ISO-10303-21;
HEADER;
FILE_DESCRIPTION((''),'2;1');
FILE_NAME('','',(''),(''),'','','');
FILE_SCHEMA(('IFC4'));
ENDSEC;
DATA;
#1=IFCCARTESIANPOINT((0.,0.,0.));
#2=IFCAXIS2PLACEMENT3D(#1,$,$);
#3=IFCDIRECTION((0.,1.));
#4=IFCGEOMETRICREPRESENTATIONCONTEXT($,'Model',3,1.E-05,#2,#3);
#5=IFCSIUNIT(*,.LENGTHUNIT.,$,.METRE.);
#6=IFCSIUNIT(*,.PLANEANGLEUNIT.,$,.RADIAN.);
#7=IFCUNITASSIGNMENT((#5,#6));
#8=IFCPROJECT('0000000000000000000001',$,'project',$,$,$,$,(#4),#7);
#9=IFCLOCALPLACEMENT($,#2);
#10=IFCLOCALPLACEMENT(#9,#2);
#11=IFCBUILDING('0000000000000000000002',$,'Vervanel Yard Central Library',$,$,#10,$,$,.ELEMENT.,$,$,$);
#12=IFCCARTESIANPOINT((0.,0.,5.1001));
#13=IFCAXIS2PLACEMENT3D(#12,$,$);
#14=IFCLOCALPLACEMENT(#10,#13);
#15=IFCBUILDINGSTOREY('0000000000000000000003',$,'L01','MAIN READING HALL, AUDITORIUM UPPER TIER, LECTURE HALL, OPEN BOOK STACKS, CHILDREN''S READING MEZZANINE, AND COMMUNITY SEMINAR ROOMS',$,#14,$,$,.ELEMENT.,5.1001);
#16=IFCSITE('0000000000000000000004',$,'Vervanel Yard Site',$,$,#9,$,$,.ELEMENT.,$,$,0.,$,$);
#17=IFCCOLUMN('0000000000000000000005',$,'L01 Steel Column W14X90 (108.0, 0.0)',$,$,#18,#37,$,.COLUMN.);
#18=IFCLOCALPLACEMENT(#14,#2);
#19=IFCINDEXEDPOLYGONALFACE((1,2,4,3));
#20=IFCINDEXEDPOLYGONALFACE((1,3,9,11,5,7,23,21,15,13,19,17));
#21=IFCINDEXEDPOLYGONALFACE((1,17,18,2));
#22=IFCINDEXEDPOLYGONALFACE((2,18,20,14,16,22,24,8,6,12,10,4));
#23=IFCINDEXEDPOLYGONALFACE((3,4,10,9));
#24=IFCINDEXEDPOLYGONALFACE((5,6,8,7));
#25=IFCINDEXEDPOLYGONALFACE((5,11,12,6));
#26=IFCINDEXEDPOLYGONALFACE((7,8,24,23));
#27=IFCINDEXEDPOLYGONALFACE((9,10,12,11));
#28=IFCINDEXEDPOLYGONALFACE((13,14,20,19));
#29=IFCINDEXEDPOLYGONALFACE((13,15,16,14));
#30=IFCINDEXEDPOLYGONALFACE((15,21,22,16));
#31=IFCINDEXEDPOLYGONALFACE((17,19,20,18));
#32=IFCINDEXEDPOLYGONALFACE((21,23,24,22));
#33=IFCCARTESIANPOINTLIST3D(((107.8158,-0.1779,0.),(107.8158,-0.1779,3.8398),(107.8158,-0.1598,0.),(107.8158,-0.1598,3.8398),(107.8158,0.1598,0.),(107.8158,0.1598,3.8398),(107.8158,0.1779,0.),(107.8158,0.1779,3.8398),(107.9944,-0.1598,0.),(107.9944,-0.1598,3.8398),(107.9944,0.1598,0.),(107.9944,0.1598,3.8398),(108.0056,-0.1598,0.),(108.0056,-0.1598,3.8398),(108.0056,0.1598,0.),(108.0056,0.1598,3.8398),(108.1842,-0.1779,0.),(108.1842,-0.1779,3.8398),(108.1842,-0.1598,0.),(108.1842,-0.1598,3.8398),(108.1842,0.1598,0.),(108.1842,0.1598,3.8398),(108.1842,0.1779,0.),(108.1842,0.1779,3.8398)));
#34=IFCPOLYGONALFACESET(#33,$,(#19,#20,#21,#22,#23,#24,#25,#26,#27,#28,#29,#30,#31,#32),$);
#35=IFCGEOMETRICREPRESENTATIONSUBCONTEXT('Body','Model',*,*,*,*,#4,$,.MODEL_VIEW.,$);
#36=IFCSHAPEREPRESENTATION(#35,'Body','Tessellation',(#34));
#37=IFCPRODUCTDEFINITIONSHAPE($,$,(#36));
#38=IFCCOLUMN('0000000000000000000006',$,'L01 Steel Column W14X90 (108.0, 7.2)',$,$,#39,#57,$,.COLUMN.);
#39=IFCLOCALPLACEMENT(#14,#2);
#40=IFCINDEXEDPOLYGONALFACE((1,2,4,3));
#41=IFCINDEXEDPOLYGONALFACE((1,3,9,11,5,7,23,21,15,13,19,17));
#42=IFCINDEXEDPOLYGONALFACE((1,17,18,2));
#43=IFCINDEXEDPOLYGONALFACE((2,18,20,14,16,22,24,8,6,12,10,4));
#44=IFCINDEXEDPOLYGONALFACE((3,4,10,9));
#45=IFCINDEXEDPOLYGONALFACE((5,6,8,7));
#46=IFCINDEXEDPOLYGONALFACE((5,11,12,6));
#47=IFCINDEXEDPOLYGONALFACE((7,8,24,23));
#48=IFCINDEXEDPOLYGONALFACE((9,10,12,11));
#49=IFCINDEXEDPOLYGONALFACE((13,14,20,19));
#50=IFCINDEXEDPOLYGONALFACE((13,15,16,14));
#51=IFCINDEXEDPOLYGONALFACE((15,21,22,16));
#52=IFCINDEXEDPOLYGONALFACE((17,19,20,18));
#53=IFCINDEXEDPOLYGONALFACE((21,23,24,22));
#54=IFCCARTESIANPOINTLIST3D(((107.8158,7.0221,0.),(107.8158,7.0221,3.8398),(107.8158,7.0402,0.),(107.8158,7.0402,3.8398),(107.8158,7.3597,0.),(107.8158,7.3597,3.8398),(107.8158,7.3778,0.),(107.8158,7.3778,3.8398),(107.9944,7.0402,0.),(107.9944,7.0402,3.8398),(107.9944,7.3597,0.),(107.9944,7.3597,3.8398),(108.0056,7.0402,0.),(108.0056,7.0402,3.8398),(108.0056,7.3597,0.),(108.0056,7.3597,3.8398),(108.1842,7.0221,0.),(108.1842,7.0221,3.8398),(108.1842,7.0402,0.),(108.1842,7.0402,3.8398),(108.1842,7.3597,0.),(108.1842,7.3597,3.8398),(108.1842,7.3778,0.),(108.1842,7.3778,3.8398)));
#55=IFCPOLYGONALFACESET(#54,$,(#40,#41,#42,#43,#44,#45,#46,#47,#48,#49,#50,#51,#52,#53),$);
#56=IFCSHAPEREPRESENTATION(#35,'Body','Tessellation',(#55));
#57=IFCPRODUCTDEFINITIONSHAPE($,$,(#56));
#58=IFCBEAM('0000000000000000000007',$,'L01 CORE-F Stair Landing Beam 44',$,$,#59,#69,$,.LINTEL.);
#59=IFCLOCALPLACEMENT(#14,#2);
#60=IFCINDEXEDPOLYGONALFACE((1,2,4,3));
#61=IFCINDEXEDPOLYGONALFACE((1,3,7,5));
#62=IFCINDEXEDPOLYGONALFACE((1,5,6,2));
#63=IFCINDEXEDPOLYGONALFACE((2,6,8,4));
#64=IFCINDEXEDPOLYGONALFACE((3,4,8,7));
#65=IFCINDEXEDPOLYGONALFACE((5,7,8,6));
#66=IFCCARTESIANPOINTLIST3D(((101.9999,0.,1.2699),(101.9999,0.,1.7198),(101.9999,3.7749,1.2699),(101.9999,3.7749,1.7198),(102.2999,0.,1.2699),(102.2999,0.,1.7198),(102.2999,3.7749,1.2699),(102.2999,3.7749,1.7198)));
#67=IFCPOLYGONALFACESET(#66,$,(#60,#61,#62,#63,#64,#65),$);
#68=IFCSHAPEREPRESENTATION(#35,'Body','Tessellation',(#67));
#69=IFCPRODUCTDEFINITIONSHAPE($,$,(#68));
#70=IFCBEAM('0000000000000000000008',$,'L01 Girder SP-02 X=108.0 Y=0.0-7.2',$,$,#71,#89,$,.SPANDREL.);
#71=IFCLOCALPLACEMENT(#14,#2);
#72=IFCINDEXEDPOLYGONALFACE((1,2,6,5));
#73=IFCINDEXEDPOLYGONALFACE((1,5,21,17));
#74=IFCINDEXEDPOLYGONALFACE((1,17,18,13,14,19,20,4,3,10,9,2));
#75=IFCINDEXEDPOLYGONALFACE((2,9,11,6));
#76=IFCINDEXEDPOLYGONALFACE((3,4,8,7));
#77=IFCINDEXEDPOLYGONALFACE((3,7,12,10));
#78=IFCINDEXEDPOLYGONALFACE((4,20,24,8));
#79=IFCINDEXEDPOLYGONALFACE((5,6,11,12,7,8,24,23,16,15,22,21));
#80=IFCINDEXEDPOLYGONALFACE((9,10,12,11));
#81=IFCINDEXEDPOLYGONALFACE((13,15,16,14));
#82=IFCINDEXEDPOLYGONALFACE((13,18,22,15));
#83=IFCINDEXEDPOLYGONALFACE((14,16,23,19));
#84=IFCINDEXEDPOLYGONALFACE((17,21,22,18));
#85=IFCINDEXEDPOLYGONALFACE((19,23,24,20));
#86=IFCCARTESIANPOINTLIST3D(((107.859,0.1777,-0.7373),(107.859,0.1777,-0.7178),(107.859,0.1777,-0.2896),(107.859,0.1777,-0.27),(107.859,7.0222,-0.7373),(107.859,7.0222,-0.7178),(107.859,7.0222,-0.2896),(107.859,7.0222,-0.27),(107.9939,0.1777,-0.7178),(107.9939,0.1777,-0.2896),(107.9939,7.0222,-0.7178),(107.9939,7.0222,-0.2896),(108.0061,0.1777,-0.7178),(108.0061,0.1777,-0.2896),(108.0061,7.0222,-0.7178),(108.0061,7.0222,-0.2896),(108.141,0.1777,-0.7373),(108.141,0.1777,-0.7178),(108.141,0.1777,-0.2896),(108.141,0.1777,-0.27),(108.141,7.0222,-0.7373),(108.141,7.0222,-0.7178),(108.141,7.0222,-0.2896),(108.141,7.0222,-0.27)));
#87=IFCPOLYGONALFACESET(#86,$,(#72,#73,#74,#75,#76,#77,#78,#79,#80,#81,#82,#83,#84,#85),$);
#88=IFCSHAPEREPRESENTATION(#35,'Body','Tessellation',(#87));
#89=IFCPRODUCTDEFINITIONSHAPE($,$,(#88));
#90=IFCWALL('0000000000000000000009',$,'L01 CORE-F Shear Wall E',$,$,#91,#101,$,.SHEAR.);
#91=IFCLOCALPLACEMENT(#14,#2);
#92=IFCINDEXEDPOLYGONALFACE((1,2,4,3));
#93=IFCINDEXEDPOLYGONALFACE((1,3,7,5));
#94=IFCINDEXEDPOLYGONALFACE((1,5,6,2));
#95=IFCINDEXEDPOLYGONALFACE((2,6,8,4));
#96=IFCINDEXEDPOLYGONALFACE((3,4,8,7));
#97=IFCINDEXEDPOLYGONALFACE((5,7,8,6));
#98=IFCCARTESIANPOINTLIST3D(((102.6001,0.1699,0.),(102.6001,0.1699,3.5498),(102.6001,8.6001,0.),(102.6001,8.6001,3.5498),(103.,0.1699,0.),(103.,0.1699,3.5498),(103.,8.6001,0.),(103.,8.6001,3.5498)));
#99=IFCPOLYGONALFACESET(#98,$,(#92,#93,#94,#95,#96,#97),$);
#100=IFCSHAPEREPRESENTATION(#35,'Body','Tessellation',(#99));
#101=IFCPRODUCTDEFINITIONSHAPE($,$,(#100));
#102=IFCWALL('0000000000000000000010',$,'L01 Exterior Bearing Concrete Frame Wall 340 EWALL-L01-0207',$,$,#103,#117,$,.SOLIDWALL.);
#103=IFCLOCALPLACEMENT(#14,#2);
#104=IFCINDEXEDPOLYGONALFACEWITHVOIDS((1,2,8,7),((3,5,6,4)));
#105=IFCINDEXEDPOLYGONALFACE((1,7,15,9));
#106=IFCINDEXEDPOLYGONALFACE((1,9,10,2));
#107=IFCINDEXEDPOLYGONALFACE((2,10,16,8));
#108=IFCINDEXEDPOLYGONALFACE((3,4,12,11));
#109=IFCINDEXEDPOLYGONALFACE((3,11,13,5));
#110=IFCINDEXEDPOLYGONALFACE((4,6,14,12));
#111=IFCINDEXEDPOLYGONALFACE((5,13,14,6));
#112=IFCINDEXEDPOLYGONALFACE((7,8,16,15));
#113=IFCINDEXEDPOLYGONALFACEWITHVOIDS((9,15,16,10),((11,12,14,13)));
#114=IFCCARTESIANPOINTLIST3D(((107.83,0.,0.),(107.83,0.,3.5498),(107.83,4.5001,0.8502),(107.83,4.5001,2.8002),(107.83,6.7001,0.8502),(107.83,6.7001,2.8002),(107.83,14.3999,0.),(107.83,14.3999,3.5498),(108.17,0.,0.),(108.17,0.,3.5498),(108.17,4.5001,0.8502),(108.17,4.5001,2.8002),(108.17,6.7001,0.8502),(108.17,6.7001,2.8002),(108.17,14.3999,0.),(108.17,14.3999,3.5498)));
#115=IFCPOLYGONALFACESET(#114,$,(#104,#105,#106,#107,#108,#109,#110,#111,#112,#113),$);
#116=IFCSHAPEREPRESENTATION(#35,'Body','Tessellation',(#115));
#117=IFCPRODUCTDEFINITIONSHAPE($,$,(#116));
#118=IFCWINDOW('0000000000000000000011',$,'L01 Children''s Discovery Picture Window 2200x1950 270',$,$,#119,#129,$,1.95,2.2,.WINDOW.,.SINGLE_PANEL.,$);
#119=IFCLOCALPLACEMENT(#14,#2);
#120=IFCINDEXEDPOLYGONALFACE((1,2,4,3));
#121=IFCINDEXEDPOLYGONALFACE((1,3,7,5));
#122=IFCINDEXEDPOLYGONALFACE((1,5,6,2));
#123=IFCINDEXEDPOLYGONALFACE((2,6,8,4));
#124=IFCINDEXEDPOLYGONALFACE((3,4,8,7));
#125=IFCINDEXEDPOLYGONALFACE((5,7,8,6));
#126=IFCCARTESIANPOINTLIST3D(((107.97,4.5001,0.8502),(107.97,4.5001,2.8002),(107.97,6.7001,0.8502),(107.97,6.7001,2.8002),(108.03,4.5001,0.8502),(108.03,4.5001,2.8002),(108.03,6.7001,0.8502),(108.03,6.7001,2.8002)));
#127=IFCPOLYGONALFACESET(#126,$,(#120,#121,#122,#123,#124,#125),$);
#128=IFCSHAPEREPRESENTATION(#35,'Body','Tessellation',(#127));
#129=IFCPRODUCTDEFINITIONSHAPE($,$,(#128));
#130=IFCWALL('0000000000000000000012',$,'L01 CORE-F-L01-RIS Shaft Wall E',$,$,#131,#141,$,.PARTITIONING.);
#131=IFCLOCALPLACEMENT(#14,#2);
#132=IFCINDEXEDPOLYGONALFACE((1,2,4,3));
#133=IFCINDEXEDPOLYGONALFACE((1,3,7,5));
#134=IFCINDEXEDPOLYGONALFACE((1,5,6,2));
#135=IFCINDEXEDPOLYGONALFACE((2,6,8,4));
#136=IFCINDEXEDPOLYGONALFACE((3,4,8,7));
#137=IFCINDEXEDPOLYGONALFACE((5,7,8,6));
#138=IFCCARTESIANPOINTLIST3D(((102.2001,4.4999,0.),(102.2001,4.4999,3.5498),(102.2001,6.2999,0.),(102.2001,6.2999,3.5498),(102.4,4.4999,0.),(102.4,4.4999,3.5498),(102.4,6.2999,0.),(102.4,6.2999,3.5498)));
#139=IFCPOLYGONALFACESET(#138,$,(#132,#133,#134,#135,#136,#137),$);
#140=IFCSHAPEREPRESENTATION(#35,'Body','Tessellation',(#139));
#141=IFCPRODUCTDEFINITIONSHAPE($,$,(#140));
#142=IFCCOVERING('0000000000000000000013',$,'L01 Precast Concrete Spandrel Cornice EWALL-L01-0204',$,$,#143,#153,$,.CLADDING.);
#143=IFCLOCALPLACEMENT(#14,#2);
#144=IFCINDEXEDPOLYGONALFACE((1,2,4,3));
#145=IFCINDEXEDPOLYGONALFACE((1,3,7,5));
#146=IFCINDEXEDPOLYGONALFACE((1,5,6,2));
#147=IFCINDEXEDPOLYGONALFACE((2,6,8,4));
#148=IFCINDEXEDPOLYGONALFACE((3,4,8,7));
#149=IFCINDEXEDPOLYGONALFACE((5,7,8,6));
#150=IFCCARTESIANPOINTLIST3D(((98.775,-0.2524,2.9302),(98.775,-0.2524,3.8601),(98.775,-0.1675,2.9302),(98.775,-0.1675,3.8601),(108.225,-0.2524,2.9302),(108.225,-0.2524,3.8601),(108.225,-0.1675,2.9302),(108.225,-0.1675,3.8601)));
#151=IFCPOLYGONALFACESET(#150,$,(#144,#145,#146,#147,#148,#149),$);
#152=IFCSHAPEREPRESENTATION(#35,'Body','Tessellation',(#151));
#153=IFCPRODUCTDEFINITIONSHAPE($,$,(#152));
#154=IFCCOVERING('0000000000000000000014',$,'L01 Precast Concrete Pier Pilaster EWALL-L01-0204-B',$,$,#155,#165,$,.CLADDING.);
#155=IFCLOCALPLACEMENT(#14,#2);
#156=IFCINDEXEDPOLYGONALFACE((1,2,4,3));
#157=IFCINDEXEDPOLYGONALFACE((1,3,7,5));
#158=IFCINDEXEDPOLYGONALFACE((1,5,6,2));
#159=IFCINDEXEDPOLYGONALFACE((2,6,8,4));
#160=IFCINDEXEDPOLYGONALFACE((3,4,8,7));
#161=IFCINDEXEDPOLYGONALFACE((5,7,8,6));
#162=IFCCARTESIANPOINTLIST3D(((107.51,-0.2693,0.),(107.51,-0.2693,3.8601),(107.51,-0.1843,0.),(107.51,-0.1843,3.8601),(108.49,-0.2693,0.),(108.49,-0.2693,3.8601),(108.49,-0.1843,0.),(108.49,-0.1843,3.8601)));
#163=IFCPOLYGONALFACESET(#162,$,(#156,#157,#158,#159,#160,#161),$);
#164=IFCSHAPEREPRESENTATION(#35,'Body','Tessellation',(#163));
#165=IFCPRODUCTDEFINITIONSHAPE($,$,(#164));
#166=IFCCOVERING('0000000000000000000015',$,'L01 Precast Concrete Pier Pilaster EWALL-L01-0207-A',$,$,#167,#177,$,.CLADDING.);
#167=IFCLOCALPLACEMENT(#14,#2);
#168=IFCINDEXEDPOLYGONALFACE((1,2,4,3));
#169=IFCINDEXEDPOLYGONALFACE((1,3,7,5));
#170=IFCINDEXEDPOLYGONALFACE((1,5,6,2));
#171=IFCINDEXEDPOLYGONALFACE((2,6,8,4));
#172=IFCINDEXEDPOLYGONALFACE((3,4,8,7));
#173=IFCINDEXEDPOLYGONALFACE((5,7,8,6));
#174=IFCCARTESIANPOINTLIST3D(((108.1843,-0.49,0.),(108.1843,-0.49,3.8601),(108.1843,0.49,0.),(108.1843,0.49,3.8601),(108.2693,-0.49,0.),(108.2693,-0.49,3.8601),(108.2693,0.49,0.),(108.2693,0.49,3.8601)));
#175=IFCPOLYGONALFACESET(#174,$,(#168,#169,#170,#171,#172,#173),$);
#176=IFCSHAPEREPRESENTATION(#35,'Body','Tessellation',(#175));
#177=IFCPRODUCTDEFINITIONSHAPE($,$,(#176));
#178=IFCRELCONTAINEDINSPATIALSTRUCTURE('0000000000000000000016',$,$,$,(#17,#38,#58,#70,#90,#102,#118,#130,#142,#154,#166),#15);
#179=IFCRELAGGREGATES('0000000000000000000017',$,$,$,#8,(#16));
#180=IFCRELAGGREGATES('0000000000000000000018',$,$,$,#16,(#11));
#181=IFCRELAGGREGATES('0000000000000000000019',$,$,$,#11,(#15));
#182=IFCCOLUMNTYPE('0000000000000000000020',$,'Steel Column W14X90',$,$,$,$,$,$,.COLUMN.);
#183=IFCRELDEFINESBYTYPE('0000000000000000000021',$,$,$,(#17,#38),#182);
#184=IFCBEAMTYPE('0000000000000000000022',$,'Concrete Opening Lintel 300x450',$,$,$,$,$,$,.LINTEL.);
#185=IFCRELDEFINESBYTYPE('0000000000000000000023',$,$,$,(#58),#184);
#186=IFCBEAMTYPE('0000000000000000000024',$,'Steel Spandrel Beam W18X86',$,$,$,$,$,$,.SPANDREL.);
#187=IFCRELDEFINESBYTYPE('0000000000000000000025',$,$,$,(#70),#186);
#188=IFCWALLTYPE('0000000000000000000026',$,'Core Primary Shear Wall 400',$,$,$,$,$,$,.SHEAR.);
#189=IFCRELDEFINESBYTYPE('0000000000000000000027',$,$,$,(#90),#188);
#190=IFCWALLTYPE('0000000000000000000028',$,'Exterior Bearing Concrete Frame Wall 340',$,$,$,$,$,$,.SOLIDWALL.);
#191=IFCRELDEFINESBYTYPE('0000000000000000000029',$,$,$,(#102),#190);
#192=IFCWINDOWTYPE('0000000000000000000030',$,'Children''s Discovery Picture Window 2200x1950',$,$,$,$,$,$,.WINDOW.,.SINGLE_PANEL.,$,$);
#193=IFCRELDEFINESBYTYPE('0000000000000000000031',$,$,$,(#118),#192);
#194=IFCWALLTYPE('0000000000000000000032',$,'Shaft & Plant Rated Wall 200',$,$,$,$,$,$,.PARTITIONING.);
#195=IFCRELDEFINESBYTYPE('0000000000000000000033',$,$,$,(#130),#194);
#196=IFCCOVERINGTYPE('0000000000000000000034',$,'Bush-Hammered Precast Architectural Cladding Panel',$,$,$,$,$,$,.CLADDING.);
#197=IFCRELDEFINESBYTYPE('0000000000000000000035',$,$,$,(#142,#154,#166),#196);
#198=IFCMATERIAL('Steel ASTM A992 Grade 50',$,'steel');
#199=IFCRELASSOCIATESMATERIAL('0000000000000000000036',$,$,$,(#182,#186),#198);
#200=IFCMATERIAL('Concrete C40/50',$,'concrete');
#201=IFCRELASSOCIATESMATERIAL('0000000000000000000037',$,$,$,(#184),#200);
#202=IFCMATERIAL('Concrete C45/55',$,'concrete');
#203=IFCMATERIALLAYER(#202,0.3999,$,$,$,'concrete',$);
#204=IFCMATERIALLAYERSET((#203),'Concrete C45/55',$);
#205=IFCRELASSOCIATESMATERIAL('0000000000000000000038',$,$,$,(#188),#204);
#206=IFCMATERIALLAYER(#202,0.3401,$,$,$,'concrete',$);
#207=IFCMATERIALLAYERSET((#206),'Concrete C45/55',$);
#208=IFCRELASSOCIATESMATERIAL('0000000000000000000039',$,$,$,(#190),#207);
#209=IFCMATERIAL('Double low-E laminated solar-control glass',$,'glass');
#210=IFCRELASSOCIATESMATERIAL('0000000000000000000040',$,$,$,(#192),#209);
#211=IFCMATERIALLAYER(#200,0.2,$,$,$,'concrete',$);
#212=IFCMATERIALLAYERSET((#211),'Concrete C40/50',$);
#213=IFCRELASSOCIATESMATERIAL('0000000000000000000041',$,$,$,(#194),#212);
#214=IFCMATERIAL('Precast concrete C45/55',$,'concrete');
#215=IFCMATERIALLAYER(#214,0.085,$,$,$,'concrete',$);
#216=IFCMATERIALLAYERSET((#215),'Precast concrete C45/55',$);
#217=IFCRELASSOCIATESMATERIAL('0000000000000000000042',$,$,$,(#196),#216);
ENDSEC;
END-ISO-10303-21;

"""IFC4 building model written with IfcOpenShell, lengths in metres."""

from ifc_helpers import new_model, si_unit, direction, frame, frame_2d, origin, origin_2d, place, context, subcontext, project, spatial, rectangle, i_section, extrude, material, layer, layer_set, material_profile, profile_set, type_object, element, fill, save


model = new_model("IFC4")

# Units and contexts
model_context = context("Model", 3, precision=1e-05, world=origin(), true_north=direction((0.0, 1.0)))
body_context = subcontext(model_context, "Body", "Model", "MODEL_VIEW")
ifc_project = project(units=[si_unit("LENGTHUNIT", "METRE"), si_unit("PLANEANGLEUNIT", "RADIAN")], contexts=[model_context])

# Site, building, storey
site_placement = place(None, origin())
site = spatial("IfcSite", under=ifc_project, at=site_placement, Name="Vervanel Yard Site", CompositionType="ELEMENT", RefElevation=0.0)
building_placement = place(site_placement, origin())
building = spatial("IfcBuilding", under=site, at=building_placement, Name="Vervanel Yard Central Library", CompositionType="ELEMENT")
storey_placement = place(building_placement, frame((0.0, 0.0, 5.1001)))
storey = spatial("IfcBuildingStorey", under=building, at=storey_placement, Name="L01", Description="MAIN READING HALL, AUDITORIUM UPPER TIER, LECTURE HALL, OPEN BOOK STACKS, CHILDREN'S READING MEZZANINE, AND COMMUNITY SEMINAR ROOMS", CompositionType="ELEMENT", Elevation=5.1001)

# Columns
ifc_material_1 = material(Name="Steel ASTM A992 Grade 50", Category="steel")
ifc_material_profile_1 = material_profile(ifc_material_1, i_section(OverallWidth=0.3684, OverallDepth=0.3557, WebThickness=0.0112, FlangeThickness=0.0181, at=origin_2d()), Name="W14X90", Category="steel")
ifc_profile_set_1 = profile_set([ifc_material_profile_1], Name="Steel ASTM A992 Grade 50")
column_type = type_object("IfcColumnType", Name="Steel Column W14X90", PredefinedType="COLUMN", material=ifc_profile_set_1)
for number, where, z_axis, x_axis, name in (
    (1, (108.0, 0.0, 0.0), (0.0, 0.0, 1.0), (1.0, 0.0, 0.0), "L01 Steel Column W14X90 (108.0, 0.0)"),
    (2, (108.0, 7.2, 0.0), (0.0, 0.0, 1.0), (1.0, 0.0, 0.0), "L01 Steel Column W14X90 (108.0, 7.2)"),
):
    element("IfcColumn", number, at=place(storey_placement, frame(where, z_axis=z_axis, x_axis=x_axis)), inside=storey, type_object=column_type, Name=name, PredefinedType="COLUMN", context=body_context, shape_type="SweptSolid", body=[
        extrude(i_section(OverallWidth=0.3684, OverallDepth=0.3557, WebThickness=0.0112, FlangeThickness=0.0181, at=origin_2d()), origin(), (0.0, 0.0, 1.0), 3.8398),
    ])

# Beams
ifc_material_2 = material(Name="Concrete C40/50", Category="concrete")
ifc_material_profile_2 = material_profile(ifc_material_2, rectangle(XDim=0.3, YDim=0.45, at=origin_2d()), Name="RC 300x450", Category="concrete")
ifc_profile_set_2 = profile_set([ifc_material_profile_2], Name="Concrete C40/50")
beam_type_1 = type_object("IfcBeamType", Name="Concrete Opening Lintel 300x450", PredefinedType="LINTEL", material=ifc_profile_set_2)
beam_1_placement = place(storey_placement, frame((102.1499, 0.0, 1.4949), z_axis=(0.0, 1.0, 0.0), x_axis=(-1.0, 0.0, 0.0)))
element("IfcBeam", 3, at=beam_1_placement, inside=storey, type_object=beam_type_1, Name="L01 CORE-F Stair Landing Beam 44", PredefinedType="LINTEL", context=body_context, shape_type="SweptSolid", body=[
    extrude(rectangle(XDim=0.3, YDim=0.45, at=origin_2d()), origin(), (0.0, 0.0, 1.0), 3.7749),
])
ifc_material_profile_3 = material_profile(ifc_material_1, i_section(OverallWidth=0.282, OverallDepth=0.4673, WebThickness=0.0122, FlangeThickness=0.0195, at=origin_2d()), Name="W18X86", Category="steel")
ifc_profile_set_3 = profile_set([ifc_material_profile_3], Name="Steel ASTM A992 Grade 50")
beam_type_2 = type_object("IfcBeamType", Name="Steel Spandrel Beam W18X86", PredefinedType="SPANDREL", material=ifc_profile_set_3)
beam_2_placement = place(storey_placement, frame((108.0, 0.1777, -0.5037), z_axis=(0.0, 1.0, 0.0), x_axis=(-1.0, 0.0, 0.0)))
element("IfcBeam", 4, at=beam_2_placement, inside=storey, type_object=beam_type_2, Name="L01 Girder SP-02 X=108.0 Y=0.0-7.2", PredefinedType="SPANDREL", context=body_context, shape_type="SweptSolid", body=[
    extrude(i_section(OverallWidth=0.282, OverallDepth=0.4673, WebThickness=0.0122, FlangeThickness=0.0195, at=origin_2d()), origin(), (0.0, 0.0, 1.0), 6.8445),
])

# Wall
ifc_material_3 = material(Name="Concrete C45/55", Category="concrete")
ifc_layer_1 = layer(ifc_material_3, 0.3999, Category="concrete")
ifc_layer_set_1 = layer_set([ifc_layer_1], Name="Concrete C45/55")
wall_type_1 = type_object("IfcWallType", Name="Core Primary Shear Wall 400", PredefinedType="SHEAR", material=ifc_layer_set_1)
wall_1_placement = place(storey_placement, frame((102.8, 0.1699, 0.0), z_axis=(0.0, 0.0, 1.0), x_axis=(0.0, 1.0, 0.0)))
element("IfcWall", 5, at=wall_1_placement, inside=storey, type_object=wall_type_1, Name="L01 CORE-F Shear Wall E", PredefinedType="SHEAR", context=body_context, shape_type="SweptSolid", body=[
    extrude(rectangle(XDim=8.4302, YDim=0.3999, at=frame_2d((4.2151, 0.0))), origin(), (0.0, 0.0, 1.0), 3.5498),
])

# Wall, opening, window
ifc_layer_2 = layer(ifc_material_3, 0.3401, Category="concrete")
ifc_layer_set_2 = layer_set([ifc_layer_2], Name="Concrete C45/55")
wall_type_2 = type_object("IfcWallType", Name="Exterior Bearing Concrete Frame Wall 340", PredefinedType="SOLIDWALL", material=ifc_layer_set_2)
wall_2_placement = place(storey_placement, frame((108.0, 0.0, 0.0), z_axis=(0.0, 0.0, 1.0), x_axis=(0.0, 1.0, 0.0)))
wall_2 = element("IfcWall", 6, at=wall_2_placement, inside=storey, type_object=wall_type_2, Name="L01 Exterior Bearing Concrete Frame Wall 340 EWALL-L01-0207", PredefinedType="SOLIDWALL", context=body_context, shape_type="SweptSolid", body=[
    extrude(rectangle(XDim=14.3999, YDim=0.3401, at=frame_2d((7.2, 0.0))), origin(), (0.0, 0.0, 1.0), 3.5498),
])
opening_placement = place(wall_2_placement, frame((4.5, 0.0, 0.8501)))
opening = element("IfcOpeningElement", 7, at=opening_placement, cuts=wall_2, PredefinedType="OPENING", context=body_context, shape_type="SweptSolid", body=[
    extrude(rectangle(XDim=2.2, YDim=1.95, at=frame_2d((1.1001, 0.9751))), frame((0.0, 0.1799, 0.0), z_axis=(0.0, -1.0, 0.0), x_axis=(1.0, 0.0, 0.0)), (0.0, 0.0, 1.0), 0.3601),
])
ifc_material_4 = material(Name="Double low-E laminated solar-control glass", Category="glass")
window_type = type_object("IfcWindowType", Name="Children's Discovery Picture Window 2200x1950", PartitioningType="SINGLE_PANEL", PredefinedType="WINDOW", material=ifc_material_4)
window_placement = place(opening_placement, origin())
window = element("IfcWindow", 8, at=window_placement, inside=storey, type_object=window_type, Name="L01 Children's Discovery Picture Window 2200x1950 270", OverallHeight=1.95, OverallWidth=2.2, PartitioningType="SINGLE_PANEL", PredefinedType="WINDOW", context=body_context, shape_type="SweptSolid", body=[
    extrude(rectangle(XDim=2.2, YDim=1.95, at=frame_2d((1.1001, 0.9751))), frame((0.0, 0.03, 0.0), z_axis=(0.0, -1.0, 0.0), x_axis=(1.0, 0.0, 0.0)), (0.0, 0.0, 1.0), 0.0601),
])
fill(opening, window)

# Wall
ifc_layer_3 = layer(ifc_material_2, 0.2, Category="concrete")
ifc_layer_set_3 = layer_set([ifc_layer_3], Name="Concrete C40/50")
wall_type_3 = type_object("IfcWallType", Name="Shaft & Plant Rated Wall 200", PredefinedType="PARTITIONING", material=ifc_layer_set_3)
wall_3_placement = place(storey_placement, frame((102.3, 4.5, 0.0), z_axis=(0.0, 0.0, 1.0), x_axis=(0.0, 1.0, 0.0)))
element("IfcWall", 9, at=wall_3_placement, inside=storey, type_object=wall_type_3, Name="L01 CORE-F-L01-RIS Shaft Wall E", PredefinedType="PARTITIONING", context=body_context, shape_type="SweptSolid", body=[
    extrude(rectangle(XDim=1.8, YDim=0.2, at=frame_2d((0.8999, 0.0))), origin(), (0.0, 0.0, 1.0), 3.5498),
])

# Coverings
ifc_material_5 = material(Name="Precast concrete C45/55", Category="concrete")
ifc_layer_4 = layer(ifc_material_5, 0.085, Category="concrete")
ifc_layer_set_4 = layer_set([ifc_layer_4], Name="Precast concrete C45/55")
covering_type = type_object("IfcCoveringType", Name="Bush-Hammered Precast Architectural Cladding Panel", PredefinedType="CLADDING", material=ifc_layer_set_4)
covering_placement = place(storey_placement, frame((103.5, -0.21, 2.9302), z_axis=(0.0, 0.0, 1.0), x_axis=(1.0, 0.0, 0.0)))
element("IfcCovering", 10, at=covering_placement, inside=storey, type_object=covering_type, Name="L01 Precast Concrete Spandrel Cornice EWALL-L01-0204", PredefinedType="CLADDING", context=body_context, shape_type="SweptSolid", body=[
    extrude(rectangle(XDim=9.45, YDim=0.085, at=origin_2d()), origin(), (0.0, 0.0, 1.0), 0.9299),
])
for number, where, z_axis, x_axis, name in (
    (11, (108.0, -0.2268, 0.0), (0.0, 0.0, 1.0), (1.0, 0.0, 0.0), "L01 Precast Concrete Pier Pilaster EWALL-L01-0204-B"),
    (12, (108.2268, 0.0, 0.0), (0.0, 0.0, 1.0), (0.0, 1.0, 0.0), "L01 Precast Concrete Pier Pilaster EWALL-L01-0207-A"),
):
    element("IfcCovering", number, at=place(storey_placement, frame(where, z_axis=z_axis, x_axis=x_axis)), inside=storey, type_object=covering_type, Name=name, PredefinedType="CLADDING", context=body_context, shape_type="SweptSolid", body=[
        extrude(rectangle(XDim=0.98, YDim=0.085, at=origin_2d()), origin(), (0.0, 0.0, 1.0), 3.8601),
    ])

save(model, "model.ifc")
